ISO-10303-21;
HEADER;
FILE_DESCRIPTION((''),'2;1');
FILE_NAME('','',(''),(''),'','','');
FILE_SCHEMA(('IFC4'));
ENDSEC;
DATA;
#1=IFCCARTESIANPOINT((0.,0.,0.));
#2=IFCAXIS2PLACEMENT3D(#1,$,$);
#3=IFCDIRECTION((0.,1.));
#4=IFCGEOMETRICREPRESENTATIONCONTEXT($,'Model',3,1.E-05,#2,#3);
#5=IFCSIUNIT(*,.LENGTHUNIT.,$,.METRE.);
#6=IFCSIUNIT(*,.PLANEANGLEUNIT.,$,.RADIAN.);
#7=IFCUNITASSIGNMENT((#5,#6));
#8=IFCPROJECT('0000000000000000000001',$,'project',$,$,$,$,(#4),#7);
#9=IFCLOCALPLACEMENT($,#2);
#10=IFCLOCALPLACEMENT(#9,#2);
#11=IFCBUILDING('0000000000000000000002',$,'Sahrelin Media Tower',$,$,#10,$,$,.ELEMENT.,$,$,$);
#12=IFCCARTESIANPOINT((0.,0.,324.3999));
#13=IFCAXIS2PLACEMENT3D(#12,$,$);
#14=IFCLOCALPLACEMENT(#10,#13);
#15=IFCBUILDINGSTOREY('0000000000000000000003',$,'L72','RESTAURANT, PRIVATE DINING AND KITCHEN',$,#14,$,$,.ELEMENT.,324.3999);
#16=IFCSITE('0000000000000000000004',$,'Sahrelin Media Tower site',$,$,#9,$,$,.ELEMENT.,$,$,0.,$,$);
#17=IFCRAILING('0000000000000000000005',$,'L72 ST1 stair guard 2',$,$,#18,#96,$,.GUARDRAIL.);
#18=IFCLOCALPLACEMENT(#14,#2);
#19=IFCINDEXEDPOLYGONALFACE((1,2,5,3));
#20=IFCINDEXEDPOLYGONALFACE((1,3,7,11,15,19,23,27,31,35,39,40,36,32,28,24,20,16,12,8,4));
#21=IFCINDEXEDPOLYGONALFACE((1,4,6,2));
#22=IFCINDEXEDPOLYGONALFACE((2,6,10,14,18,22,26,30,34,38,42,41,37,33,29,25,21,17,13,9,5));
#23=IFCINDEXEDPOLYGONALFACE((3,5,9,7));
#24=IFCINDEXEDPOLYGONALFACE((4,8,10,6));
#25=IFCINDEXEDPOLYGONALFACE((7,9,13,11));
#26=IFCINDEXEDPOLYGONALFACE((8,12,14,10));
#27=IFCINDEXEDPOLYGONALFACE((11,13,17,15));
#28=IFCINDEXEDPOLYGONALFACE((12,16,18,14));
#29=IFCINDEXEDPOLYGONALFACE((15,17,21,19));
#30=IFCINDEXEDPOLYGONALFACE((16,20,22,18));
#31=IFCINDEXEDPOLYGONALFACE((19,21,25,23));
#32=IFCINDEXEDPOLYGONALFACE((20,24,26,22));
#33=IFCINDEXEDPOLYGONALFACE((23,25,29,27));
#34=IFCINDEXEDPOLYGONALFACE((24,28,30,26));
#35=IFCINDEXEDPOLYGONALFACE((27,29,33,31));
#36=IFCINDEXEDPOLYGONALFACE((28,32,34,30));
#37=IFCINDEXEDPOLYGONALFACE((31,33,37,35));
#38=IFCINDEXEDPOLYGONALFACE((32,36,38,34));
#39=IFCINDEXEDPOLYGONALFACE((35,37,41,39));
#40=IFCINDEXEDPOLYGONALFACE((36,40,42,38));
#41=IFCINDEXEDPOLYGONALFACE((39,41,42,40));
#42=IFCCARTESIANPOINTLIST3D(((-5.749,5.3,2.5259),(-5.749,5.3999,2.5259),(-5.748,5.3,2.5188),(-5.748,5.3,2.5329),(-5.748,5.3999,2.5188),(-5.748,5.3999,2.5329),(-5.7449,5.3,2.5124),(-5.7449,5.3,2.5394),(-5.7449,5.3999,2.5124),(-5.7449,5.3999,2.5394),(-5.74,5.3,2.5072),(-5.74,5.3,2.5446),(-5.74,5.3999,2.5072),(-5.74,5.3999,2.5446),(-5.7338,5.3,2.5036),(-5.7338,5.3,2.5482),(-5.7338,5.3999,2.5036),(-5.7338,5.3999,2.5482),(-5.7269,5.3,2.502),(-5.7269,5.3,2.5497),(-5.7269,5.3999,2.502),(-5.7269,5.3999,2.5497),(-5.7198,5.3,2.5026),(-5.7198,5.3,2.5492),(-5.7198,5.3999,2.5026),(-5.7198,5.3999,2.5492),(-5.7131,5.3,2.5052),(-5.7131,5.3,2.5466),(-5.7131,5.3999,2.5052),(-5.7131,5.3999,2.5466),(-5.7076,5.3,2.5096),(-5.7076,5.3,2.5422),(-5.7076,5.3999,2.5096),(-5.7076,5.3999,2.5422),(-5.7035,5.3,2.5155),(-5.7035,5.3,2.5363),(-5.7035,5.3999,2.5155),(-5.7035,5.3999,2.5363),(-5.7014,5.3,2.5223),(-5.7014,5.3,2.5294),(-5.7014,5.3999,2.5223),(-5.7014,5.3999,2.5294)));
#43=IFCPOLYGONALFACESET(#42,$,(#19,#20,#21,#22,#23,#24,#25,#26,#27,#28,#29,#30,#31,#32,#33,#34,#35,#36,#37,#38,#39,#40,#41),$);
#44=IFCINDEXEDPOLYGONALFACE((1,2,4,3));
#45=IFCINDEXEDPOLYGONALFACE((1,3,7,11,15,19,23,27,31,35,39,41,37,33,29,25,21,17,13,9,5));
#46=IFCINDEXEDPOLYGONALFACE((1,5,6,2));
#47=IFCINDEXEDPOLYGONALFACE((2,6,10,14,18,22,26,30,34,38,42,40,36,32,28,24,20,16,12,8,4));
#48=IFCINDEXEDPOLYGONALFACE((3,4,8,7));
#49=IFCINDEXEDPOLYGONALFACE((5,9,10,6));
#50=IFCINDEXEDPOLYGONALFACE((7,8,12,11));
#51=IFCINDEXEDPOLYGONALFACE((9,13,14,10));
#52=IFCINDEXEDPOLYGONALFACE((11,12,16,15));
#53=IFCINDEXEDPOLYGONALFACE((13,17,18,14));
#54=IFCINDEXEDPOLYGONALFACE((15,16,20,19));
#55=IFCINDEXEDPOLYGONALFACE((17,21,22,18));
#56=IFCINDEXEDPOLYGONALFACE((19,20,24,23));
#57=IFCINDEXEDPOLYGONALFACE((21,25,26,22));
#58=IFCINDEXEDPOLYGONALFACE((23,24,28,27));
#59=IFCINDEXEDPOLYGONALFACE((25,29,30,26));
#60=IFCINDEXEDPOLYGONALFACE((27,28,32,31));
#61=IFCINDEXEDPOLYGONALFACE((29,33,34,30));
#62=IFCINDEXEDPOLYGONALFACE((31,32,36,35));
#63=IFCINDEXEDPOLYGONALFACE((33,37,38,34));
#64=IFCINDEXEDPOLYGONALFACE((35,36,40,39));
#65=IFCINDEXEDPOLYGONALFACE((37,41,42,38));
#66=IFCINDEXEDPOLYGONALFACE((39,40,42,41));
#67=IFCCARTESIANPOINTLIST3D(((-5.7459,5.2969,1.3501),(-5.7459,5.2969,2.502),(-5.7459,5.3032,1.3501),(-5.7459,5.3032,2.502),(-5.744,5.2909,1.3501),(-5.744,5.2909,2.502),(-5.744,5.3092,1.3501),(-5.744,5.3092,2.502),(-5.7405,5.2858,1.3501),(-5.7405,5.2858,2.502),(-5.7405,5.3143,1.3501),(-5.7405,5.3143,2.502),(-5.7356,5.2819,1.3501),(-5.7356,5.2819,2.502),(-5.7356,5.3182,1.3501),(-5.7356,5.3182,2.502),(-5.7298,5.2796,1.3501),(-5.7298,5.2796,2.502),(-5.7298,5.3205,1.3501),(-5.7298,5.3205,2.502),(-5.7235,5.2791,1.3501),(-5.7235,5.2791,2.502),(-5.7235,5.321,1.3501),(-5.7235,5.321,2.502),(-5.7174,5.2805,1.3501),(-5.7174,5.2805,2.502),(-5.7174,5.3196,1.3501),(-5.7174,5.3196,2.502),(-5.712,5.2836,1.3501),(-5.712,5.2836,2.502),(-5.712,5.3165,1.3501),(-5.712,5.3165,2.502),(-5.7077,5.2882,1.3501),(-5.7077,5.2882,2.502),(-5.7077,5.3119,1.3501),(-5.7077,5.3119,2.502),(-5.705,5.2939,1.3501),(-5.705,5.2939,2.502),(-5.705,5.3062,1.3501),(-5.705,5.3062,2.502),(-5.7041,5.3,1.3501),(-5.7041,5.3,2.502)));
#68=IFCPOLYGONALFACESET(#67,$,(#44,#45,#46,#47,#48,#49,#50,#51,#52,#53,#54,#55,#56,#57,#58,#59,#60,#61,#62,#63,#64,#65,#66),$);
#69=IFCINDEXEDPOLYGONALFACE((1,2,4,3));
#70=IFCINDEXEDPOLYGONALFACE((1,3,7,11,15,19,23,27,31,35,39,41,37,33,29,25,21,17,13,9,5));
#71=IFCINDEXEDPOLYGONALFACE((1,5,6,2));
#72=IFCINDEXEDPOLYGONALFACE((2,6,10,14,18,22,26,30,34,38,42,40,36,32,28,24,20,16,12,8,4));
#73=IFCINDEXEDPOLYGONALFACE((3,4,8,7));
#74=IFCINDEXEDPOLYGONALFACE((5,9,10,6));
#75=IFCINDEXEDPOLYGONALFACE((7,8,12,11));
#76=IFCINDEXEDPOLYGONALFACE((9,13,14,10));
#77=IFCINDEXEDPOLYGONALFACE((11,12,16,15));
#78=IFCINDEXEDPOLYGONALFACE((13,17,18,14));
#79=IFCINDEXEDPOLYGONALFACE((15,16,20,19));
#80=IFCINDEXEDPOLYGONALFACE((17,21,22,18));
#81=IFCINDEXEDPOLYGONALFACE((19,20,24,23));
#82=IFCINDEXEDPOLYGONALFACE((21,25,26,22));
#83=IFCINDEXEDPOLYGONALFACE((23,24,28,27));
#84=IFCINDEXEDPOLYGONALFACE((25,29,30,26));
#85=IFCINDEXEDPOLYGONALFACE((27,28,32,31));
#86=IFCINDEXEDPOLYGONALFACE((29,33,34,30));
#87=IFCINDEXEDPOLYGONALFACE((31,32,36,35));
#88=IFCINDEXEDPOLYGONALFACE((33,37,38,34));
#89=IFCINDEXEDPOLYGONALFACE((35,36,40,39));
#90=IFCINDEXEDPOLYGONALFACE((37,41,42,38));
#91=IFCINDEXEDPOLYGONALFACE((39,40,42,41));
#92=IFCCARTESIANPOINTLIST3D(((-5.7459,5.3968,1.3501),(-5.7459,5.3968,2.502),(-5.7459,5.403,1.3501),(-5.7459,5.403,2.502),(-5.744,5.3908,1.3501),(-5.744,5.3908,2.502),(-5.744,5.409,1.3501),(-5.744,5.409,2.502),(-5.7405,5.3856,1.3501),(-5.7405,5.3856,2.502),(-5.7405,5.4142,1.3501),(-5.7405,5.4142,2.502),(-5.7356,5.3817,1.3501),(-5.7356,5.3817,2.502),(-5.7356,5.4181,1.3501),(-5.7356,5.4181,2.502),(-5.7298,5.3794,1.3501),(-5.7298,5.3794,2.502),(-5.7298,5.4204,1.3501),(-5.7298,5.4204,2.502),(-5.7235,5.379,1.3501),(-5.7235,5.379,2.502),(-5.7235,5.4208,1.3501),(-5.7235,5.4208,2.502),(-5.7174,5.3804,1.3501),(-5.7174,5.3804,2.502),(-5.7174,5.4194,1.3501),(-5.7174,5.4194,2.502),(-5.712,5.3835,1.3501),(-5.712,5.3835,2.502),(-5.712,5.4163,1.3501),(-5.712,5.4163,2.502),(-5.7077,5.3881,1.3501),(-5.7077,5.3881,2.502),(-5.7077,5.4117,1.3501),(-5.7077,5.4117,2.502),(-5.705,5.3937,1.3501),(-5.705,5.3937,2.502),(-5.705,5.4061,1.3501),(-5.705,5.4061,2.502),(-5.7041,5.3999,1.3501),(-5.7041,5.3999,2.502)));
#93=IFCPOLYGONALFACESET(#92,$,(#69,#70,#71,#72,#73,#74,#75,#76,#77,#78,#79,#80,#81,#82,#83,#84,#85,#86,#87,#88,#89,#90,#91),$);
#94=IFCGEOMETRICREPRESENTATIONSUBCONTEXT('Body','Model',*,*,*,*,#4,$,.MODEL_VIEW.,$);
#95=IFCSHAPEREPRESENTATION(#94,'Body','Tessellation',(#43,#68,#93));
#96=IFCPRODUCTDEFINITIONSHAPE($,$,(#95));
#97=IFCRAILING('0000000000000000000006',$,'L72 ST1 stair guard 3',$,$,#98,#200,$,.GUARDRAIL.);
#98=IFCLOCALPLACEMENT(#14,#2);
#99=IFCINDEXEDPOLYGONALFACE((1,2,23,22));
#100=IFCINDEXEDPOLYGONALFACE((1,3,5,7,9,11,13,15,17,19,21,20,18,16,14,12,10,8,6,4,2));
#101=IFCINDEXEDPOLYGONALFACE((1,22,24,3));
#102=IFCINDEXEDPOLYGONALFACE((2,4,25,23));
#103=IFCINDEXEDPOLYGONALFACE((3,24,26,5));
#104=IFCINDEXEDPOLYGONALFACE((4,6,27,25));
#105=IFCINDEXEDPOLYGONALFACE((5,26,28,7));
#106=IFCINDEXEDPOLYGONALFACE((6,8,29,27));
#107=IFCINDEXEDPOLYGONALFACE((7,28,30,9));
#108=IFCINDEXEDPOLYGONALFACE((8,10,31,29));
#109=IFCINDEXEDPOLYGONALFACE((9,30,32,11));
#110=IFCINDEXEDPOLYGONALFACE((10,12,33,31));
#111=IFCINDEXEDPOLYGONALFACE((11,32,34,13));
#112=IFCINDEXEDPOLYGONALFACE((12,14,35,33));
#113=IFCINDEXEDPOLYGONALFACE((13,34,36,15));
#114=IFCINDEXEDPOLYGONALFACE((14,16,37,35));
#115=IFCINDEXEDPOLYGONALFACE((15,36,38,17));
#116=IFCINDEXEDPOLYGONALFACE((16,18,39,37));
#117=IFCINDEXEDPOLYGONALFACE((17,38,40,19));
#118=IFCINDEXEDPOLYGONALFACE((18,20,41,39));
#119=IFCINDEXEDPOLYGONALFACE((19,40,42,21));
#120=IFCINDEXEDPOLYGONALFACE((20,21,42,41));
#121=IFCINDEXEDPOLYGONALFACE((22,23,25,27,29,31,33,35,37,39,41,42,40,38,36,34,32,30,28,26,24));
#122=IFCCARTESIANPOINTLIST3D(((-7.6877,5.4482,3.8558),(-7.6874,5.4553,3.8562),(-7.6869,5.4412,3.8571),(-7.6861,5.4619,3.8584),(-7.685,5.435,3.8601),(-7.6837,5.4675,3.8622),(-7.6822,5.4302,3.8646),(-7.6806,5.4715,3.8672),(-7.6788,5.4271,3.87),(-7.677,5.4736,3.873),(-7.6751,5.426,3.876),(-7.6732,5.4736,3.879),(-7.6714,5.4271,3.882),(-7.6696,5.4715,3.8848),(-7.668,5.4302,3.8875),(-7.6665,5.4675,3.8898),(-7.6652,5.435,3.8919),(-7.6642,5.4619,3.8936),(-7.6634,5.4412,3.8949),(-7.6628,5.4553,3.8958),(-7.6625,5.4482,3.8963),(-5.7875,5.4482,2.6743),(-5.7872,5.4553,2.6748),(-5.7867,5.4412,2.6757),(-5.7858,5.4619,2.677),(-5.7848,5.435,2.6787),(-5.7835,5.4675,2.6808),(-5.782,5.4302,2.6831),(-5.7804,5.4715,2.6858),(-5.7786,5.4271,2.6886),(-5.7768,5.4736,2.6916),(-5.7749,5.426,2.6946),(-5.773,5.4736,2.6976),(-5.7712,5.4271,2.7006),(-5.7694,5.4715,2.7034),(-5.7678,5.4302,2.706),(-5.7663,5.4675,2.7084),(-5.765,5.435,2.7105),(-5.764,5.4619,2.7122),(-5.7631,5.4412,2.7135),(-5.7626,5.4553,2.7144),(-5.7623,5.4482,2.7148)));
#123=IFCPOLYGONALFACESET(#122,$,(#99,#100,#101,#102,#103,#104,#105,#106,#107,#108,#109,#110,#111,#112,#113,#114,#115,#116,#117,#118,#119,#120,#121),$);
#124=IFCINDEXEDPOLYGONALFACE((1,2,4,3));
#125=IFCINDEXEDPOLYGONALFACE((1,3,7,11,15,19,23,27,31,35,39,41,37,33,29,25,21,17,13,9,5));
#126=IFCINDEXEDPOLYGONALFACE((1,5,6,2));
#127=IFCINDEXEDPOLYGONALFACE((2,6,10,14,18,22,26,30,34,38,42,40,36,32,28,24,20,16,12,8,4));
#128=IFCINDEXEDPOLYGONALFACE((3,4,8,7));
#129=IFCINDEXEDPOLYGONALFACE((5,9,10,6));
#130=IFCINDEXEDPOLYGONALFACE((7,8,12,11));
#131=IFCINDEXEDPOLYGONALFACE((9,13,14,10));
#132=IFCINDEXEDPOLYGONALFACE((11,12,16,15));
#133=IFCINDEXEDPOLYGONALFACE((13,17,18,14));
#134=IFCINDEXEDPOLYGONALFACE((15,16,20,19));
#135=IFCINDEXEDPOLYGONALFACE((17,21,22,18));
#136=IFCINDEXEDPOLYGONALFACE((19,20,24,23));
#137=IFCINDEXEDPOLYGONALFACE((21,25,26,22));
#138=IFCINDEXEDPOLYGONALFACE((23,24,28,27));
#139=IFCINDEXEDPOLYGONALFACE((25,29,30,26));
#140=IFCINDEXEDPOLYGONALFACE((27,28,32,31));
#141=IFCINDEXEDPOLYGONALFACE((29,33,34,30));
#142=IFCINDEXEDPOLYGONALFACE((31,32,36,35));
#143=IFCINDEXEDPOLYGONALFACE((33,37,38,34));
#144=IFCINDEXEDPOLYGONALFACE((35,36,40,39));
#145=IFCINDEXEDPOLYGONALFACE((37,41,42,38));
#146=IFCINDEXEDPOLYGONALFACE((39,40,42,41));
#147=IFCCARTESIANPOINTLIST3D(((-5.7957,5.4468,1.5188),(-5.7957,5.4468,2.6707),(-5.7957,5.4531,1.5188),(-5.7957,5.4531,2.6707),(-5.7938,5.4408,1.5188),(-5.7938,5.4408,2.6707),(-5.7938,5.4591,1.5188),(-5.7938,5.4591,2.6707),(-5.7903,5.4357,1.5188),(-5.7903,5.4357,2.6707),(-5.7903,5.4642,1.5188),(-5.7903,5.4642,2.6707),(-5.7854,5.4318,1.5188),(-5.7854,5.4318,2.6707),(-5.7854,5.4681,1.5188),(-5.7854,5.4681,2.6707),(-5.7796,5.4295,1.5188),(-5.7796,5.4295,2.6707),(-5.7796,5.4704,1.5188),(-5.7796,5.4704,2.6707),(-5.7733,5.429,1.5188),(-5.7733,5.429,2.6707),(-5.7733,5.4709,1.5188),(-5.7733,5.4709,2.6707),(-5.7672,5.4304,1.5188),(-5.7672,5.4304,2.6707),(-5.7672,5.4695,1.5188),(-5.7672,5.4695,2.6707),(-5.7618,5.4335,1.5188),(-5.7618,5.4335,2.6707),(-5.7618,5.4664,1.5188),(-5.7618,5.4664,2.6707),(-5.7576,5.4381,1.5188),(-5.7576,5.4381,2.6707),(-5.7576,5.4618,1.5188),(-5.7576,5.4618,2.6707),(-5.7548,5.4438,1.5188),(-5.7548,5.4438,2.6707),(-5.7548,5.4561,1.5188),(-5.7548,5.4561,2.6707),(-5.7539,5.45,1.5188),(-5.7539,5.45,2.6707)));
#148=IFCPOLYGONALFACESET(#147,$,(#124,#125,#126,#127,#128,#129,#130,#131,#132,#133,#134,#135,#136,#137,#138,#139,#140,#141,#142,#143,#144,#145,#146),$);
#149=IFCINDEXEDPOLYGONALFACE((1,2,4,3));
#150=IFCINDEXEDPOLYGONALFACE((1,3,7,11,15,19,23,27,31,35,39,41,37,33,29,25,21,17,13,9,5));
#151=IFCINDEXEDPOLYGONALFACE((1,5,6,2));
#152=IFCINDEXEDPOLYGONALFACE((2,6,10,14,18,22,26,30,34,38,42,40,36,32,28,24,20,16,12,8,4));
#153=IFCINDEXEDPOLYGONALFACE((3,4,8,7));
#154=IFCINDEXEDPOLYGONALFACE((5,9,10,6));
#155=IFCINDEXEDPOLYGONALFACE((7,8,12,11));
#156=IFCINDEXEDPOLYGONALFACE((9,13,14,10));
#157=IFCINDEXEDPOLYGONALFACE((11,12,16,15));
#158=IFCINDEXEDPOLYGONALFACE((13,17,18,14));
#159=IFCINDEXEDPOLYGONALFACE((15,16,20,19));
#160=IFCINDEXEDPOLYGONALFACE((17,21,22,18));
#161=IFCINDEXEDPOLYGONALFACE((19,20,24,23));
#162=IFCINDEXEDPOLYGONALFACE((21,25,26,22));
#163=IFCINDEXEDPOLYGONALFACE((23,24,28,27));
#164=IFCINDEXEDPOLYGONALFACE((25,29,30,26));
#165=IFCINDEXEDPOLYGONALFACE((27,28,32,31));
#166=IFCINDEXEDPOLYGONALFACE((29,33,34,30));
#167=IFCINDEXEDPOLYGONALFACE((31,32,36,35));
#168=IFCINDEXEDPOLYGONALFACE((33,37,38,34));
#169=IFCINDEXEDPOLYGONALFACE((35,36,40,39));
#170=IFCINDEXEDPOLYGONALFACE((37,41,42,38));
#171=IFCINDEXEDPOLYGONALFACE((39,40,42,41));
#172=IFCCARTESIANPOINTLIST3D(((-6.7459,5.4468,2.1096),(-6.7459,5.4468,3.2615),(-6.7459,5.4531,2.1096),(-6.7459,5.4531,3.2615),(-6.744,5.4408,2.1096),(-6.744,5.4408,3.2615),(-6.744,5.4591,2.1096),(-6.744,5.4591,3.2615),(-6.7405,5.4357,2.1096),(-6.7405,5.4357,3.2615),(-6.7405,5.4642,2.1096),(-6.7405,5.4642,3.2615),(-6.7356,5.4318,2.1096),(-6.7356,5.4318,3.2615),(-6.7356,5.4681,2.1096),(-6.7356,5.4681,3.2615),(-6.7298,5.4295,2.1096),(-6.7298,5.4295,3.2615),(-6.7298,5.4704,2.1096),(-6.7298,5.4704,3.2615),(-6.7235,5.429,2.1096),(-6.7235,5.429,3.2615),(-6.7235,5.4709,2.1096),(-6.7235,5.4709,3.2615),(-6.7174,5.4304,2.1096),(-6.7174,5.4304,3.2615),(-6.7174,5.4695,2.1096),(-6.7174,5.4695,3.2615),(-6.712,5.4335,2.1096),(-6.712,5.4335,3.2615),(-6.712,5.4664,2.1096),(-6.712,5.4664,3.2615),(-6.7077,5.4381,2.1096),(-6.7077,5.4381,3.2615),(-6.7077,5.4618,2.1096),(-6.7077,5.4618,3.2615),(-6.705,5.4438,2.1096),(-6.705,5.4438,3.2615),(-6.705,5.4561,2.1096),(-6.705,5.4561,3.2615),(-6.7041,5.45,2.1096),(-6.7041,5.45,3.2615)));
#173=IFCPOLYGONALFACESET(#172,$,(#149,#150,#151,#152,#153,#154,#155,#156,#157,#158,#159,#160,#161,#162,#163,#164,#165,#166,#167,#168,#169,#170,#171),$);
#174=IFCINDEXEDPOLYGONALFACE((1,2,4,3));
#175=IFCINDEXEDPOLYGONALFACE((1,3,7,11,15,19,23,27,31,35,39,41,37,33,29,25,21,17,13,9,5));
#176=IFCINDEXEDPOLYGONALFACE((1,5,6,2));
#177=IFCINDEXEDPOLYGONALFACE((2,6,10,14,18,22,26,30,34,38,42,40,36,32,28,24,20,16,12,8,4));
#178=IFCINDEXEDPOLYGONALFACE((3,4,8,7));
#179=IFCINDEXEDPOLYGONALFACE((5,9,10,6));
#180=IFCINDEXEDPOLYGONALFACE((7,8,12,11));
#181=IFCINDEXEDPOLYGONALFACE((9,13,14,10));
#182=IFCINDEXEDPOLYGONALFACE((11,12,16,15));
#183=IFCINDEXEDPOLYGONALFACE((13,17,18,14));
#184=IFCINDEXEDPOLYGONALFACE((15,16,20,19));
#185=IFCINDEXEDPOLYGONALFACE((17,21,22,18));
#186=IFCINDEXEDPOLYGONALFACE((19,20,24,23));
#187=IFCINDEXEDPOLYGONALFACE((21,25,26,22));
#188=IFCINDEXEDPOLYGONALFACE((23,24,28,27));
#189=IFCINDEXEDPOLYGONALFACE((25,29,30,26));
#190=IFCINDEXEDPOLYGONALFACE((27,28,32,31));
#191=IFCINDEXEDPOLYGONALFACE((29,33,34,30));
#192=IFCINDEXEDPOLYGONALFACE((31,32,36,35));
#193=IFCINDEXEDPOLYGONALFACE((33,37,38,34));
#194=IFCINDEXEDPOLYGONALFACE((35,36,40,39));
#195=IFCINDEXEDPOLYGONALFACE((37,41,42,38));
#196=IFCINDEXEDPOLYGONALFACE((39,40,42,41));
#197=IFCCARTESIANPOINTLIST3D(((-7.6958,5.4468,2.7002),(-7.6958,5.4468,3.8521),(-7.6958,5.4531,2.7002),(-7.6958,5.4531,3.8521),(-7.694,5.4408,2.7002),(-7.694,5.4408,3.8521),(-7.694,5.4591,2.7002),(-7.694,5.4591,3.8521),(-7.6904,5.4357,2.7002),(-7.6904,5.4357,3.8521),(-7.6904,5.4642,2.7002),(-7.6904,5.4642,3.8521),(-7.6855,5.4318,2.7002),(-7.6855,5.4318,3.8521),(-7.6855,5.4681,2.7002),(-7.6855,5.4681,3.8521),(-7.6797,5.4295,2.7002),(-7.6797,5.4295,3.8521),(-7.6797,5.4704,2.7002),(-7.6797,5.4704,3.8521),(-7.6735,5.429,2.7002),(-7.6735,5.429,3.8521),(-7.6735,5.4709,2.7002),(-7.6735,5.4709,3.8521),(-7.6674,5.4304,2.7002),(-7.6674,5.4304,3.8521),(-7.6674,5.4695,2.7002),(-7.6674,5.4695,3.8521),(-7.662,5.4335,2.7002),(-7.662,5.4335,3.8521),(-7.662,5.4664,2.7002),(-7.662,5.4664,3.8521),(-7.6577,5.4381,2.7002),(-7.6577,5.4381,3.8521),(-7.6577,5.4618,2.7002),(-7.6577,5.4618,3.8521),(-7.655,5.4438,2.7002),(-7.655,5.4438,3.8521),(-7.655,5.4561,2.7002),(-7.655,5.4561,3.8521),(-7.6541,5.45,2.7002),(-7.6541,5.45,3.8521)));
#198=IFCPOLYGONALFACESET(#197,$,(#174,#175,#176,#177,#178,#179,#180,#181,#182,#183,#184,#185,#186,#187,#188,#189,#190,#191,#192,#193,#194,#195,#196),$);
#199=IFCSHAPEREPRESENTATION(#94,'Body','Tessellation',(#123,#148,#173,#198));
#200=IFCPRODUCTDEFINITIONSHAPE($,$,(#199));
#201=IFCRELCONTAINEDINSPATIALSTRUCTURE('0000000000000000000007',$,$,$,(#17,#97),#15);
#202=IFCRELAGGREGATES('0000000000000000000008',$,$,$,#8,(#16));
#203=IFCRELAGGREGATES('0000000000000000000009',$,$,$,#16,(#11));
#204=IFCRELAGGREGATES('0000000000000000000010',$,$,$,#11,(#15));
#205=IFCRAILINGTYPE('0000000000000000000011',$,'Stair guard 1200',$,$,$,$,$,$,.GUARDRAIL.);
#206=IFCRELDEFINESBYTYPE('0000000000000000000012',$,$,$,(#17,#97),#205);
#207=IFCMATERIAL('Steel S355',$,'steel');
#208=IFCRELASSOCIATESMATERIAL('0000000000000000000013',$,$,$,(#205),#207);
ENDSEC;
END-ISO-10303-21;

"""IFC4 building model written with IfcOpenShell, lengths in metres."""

from ifc_helpers import new_model, si_unit, direction, frame, origin, origin_2d, place, context, subcontext, project, spatial, circle, extrude, material, type_object, element, save


model = new_model("IFC4")

# Units and contexts
model_context = context("Model", 3, precision=1e-05, world=origin(), true_north=direction((0.0, 1.0)))
body_context = subcontext(model_context, "Body", "Model", "MODEL_VIEW")
ifc_project = project(units=[si_unit("LENGTHUNIT", "METRE"), si_unit("PLANEANGLEUNIT", "RADIAN")], contexts=[model_context])

# Site, building, storey
site_placement = place(None, origin())
site = spatial("IfcSite", under=ifc_project, at=site_placement, Name="Sahrelin Media Tower site", CompositionType="ELEMENT", RefElevation=0.0)
building_placement = place(site_placement, origin())
building = spatial("IfcBuilding", under=site, at=building_placement, Name="Sahrelin Media Tower", CompositionType="ELEMENT")
storey_placement = place(building_placement, frame((0.0, 0.0, 324.3999)))
storey = spatial("IfcBuildingStorey", under=building, at=storey_placement, Name="L72", Description="RESTAURANT, PRIVATE DINING AND KITCHEN", CompositionType="ELEMENT", Elevation=324.3999)

# Shared definitions
ifc_material_1 = material(Name="Steel S355", Category="steel")

# Railings
railing_type_1 = type_object("IfcRailingType", Name="Stair guard 1200", PredefinedType="GUARDRAIL", material=ifc_material_1)
railing_1_placement = place(storey_placement, frame((-5.7251, 5.3, 1.3501)))
element("IfcRailing", 1, at=railing_1_placement, inside=storey, type_object=railing_type_1, Name="L72 ST1 stair guard 2", PredefinedType="GUARDRAIL", context=body_context, shape_type="SweptSolid", body=[
    extrude(circle(Radius=0.0239, at=origin_2d()), frame((0.0, 0.0, 1.1758), z_axis=(0.0, 1.0, 0.0), x_axis=(-1.0, 0.0, 0.0)), (0.0, 0.0, 1.0), 0.0999),
    extrude(circle(Radius=0.021, at=origin_2d()), origin(), (0.0, 0.0, 1.0), 1.1519),
    extrude(circle(Radius=0.021, at=origin_2d()), frame((0.0, 0.0999, 0.0)), (0.0, 0.0, 1.0), 1.1519),
])
railing_2_placement = place(storey_placement, frame((-5.7749, 5.45, 1.5188)))
element("IfcRailing", 2, at=railing_2_placement, inside=storey, type_object=railing_type_1, Name="L72 ST1 stair guard 3", PredefinedType="GUARDRAIL", context=body_context, shape_type="SweptSolid", body=[
    extrude(circle(Radius=0.0239, at=origin_2d()), frame((0.0, 0.0, 1.1758), z_axis=(-0.84924, 0.0, 0.528006), x_axis=(0.0, -1.0, 0.0)), (0.0, 0.0, 1.0), 2.2375),
    extrude(circle(Radius=0.021, at=origin_2d()), origin(), (0.0, 0.0, 1.0), 1.1519),
    extrude(circle(Radius=0.021, at=origin_2d()), frame((-0.9502, 0.0, 0.5908)), (0.0, 0.0, 1.0), 1.1519),
    extrude(circle(Radius=0.021, at=origin_2d()), frame((-1.9001, 0.0, 1.1814)), (0.0, 0.0, 1.0), 1.1519),
])

save(model, "model.ifc")
